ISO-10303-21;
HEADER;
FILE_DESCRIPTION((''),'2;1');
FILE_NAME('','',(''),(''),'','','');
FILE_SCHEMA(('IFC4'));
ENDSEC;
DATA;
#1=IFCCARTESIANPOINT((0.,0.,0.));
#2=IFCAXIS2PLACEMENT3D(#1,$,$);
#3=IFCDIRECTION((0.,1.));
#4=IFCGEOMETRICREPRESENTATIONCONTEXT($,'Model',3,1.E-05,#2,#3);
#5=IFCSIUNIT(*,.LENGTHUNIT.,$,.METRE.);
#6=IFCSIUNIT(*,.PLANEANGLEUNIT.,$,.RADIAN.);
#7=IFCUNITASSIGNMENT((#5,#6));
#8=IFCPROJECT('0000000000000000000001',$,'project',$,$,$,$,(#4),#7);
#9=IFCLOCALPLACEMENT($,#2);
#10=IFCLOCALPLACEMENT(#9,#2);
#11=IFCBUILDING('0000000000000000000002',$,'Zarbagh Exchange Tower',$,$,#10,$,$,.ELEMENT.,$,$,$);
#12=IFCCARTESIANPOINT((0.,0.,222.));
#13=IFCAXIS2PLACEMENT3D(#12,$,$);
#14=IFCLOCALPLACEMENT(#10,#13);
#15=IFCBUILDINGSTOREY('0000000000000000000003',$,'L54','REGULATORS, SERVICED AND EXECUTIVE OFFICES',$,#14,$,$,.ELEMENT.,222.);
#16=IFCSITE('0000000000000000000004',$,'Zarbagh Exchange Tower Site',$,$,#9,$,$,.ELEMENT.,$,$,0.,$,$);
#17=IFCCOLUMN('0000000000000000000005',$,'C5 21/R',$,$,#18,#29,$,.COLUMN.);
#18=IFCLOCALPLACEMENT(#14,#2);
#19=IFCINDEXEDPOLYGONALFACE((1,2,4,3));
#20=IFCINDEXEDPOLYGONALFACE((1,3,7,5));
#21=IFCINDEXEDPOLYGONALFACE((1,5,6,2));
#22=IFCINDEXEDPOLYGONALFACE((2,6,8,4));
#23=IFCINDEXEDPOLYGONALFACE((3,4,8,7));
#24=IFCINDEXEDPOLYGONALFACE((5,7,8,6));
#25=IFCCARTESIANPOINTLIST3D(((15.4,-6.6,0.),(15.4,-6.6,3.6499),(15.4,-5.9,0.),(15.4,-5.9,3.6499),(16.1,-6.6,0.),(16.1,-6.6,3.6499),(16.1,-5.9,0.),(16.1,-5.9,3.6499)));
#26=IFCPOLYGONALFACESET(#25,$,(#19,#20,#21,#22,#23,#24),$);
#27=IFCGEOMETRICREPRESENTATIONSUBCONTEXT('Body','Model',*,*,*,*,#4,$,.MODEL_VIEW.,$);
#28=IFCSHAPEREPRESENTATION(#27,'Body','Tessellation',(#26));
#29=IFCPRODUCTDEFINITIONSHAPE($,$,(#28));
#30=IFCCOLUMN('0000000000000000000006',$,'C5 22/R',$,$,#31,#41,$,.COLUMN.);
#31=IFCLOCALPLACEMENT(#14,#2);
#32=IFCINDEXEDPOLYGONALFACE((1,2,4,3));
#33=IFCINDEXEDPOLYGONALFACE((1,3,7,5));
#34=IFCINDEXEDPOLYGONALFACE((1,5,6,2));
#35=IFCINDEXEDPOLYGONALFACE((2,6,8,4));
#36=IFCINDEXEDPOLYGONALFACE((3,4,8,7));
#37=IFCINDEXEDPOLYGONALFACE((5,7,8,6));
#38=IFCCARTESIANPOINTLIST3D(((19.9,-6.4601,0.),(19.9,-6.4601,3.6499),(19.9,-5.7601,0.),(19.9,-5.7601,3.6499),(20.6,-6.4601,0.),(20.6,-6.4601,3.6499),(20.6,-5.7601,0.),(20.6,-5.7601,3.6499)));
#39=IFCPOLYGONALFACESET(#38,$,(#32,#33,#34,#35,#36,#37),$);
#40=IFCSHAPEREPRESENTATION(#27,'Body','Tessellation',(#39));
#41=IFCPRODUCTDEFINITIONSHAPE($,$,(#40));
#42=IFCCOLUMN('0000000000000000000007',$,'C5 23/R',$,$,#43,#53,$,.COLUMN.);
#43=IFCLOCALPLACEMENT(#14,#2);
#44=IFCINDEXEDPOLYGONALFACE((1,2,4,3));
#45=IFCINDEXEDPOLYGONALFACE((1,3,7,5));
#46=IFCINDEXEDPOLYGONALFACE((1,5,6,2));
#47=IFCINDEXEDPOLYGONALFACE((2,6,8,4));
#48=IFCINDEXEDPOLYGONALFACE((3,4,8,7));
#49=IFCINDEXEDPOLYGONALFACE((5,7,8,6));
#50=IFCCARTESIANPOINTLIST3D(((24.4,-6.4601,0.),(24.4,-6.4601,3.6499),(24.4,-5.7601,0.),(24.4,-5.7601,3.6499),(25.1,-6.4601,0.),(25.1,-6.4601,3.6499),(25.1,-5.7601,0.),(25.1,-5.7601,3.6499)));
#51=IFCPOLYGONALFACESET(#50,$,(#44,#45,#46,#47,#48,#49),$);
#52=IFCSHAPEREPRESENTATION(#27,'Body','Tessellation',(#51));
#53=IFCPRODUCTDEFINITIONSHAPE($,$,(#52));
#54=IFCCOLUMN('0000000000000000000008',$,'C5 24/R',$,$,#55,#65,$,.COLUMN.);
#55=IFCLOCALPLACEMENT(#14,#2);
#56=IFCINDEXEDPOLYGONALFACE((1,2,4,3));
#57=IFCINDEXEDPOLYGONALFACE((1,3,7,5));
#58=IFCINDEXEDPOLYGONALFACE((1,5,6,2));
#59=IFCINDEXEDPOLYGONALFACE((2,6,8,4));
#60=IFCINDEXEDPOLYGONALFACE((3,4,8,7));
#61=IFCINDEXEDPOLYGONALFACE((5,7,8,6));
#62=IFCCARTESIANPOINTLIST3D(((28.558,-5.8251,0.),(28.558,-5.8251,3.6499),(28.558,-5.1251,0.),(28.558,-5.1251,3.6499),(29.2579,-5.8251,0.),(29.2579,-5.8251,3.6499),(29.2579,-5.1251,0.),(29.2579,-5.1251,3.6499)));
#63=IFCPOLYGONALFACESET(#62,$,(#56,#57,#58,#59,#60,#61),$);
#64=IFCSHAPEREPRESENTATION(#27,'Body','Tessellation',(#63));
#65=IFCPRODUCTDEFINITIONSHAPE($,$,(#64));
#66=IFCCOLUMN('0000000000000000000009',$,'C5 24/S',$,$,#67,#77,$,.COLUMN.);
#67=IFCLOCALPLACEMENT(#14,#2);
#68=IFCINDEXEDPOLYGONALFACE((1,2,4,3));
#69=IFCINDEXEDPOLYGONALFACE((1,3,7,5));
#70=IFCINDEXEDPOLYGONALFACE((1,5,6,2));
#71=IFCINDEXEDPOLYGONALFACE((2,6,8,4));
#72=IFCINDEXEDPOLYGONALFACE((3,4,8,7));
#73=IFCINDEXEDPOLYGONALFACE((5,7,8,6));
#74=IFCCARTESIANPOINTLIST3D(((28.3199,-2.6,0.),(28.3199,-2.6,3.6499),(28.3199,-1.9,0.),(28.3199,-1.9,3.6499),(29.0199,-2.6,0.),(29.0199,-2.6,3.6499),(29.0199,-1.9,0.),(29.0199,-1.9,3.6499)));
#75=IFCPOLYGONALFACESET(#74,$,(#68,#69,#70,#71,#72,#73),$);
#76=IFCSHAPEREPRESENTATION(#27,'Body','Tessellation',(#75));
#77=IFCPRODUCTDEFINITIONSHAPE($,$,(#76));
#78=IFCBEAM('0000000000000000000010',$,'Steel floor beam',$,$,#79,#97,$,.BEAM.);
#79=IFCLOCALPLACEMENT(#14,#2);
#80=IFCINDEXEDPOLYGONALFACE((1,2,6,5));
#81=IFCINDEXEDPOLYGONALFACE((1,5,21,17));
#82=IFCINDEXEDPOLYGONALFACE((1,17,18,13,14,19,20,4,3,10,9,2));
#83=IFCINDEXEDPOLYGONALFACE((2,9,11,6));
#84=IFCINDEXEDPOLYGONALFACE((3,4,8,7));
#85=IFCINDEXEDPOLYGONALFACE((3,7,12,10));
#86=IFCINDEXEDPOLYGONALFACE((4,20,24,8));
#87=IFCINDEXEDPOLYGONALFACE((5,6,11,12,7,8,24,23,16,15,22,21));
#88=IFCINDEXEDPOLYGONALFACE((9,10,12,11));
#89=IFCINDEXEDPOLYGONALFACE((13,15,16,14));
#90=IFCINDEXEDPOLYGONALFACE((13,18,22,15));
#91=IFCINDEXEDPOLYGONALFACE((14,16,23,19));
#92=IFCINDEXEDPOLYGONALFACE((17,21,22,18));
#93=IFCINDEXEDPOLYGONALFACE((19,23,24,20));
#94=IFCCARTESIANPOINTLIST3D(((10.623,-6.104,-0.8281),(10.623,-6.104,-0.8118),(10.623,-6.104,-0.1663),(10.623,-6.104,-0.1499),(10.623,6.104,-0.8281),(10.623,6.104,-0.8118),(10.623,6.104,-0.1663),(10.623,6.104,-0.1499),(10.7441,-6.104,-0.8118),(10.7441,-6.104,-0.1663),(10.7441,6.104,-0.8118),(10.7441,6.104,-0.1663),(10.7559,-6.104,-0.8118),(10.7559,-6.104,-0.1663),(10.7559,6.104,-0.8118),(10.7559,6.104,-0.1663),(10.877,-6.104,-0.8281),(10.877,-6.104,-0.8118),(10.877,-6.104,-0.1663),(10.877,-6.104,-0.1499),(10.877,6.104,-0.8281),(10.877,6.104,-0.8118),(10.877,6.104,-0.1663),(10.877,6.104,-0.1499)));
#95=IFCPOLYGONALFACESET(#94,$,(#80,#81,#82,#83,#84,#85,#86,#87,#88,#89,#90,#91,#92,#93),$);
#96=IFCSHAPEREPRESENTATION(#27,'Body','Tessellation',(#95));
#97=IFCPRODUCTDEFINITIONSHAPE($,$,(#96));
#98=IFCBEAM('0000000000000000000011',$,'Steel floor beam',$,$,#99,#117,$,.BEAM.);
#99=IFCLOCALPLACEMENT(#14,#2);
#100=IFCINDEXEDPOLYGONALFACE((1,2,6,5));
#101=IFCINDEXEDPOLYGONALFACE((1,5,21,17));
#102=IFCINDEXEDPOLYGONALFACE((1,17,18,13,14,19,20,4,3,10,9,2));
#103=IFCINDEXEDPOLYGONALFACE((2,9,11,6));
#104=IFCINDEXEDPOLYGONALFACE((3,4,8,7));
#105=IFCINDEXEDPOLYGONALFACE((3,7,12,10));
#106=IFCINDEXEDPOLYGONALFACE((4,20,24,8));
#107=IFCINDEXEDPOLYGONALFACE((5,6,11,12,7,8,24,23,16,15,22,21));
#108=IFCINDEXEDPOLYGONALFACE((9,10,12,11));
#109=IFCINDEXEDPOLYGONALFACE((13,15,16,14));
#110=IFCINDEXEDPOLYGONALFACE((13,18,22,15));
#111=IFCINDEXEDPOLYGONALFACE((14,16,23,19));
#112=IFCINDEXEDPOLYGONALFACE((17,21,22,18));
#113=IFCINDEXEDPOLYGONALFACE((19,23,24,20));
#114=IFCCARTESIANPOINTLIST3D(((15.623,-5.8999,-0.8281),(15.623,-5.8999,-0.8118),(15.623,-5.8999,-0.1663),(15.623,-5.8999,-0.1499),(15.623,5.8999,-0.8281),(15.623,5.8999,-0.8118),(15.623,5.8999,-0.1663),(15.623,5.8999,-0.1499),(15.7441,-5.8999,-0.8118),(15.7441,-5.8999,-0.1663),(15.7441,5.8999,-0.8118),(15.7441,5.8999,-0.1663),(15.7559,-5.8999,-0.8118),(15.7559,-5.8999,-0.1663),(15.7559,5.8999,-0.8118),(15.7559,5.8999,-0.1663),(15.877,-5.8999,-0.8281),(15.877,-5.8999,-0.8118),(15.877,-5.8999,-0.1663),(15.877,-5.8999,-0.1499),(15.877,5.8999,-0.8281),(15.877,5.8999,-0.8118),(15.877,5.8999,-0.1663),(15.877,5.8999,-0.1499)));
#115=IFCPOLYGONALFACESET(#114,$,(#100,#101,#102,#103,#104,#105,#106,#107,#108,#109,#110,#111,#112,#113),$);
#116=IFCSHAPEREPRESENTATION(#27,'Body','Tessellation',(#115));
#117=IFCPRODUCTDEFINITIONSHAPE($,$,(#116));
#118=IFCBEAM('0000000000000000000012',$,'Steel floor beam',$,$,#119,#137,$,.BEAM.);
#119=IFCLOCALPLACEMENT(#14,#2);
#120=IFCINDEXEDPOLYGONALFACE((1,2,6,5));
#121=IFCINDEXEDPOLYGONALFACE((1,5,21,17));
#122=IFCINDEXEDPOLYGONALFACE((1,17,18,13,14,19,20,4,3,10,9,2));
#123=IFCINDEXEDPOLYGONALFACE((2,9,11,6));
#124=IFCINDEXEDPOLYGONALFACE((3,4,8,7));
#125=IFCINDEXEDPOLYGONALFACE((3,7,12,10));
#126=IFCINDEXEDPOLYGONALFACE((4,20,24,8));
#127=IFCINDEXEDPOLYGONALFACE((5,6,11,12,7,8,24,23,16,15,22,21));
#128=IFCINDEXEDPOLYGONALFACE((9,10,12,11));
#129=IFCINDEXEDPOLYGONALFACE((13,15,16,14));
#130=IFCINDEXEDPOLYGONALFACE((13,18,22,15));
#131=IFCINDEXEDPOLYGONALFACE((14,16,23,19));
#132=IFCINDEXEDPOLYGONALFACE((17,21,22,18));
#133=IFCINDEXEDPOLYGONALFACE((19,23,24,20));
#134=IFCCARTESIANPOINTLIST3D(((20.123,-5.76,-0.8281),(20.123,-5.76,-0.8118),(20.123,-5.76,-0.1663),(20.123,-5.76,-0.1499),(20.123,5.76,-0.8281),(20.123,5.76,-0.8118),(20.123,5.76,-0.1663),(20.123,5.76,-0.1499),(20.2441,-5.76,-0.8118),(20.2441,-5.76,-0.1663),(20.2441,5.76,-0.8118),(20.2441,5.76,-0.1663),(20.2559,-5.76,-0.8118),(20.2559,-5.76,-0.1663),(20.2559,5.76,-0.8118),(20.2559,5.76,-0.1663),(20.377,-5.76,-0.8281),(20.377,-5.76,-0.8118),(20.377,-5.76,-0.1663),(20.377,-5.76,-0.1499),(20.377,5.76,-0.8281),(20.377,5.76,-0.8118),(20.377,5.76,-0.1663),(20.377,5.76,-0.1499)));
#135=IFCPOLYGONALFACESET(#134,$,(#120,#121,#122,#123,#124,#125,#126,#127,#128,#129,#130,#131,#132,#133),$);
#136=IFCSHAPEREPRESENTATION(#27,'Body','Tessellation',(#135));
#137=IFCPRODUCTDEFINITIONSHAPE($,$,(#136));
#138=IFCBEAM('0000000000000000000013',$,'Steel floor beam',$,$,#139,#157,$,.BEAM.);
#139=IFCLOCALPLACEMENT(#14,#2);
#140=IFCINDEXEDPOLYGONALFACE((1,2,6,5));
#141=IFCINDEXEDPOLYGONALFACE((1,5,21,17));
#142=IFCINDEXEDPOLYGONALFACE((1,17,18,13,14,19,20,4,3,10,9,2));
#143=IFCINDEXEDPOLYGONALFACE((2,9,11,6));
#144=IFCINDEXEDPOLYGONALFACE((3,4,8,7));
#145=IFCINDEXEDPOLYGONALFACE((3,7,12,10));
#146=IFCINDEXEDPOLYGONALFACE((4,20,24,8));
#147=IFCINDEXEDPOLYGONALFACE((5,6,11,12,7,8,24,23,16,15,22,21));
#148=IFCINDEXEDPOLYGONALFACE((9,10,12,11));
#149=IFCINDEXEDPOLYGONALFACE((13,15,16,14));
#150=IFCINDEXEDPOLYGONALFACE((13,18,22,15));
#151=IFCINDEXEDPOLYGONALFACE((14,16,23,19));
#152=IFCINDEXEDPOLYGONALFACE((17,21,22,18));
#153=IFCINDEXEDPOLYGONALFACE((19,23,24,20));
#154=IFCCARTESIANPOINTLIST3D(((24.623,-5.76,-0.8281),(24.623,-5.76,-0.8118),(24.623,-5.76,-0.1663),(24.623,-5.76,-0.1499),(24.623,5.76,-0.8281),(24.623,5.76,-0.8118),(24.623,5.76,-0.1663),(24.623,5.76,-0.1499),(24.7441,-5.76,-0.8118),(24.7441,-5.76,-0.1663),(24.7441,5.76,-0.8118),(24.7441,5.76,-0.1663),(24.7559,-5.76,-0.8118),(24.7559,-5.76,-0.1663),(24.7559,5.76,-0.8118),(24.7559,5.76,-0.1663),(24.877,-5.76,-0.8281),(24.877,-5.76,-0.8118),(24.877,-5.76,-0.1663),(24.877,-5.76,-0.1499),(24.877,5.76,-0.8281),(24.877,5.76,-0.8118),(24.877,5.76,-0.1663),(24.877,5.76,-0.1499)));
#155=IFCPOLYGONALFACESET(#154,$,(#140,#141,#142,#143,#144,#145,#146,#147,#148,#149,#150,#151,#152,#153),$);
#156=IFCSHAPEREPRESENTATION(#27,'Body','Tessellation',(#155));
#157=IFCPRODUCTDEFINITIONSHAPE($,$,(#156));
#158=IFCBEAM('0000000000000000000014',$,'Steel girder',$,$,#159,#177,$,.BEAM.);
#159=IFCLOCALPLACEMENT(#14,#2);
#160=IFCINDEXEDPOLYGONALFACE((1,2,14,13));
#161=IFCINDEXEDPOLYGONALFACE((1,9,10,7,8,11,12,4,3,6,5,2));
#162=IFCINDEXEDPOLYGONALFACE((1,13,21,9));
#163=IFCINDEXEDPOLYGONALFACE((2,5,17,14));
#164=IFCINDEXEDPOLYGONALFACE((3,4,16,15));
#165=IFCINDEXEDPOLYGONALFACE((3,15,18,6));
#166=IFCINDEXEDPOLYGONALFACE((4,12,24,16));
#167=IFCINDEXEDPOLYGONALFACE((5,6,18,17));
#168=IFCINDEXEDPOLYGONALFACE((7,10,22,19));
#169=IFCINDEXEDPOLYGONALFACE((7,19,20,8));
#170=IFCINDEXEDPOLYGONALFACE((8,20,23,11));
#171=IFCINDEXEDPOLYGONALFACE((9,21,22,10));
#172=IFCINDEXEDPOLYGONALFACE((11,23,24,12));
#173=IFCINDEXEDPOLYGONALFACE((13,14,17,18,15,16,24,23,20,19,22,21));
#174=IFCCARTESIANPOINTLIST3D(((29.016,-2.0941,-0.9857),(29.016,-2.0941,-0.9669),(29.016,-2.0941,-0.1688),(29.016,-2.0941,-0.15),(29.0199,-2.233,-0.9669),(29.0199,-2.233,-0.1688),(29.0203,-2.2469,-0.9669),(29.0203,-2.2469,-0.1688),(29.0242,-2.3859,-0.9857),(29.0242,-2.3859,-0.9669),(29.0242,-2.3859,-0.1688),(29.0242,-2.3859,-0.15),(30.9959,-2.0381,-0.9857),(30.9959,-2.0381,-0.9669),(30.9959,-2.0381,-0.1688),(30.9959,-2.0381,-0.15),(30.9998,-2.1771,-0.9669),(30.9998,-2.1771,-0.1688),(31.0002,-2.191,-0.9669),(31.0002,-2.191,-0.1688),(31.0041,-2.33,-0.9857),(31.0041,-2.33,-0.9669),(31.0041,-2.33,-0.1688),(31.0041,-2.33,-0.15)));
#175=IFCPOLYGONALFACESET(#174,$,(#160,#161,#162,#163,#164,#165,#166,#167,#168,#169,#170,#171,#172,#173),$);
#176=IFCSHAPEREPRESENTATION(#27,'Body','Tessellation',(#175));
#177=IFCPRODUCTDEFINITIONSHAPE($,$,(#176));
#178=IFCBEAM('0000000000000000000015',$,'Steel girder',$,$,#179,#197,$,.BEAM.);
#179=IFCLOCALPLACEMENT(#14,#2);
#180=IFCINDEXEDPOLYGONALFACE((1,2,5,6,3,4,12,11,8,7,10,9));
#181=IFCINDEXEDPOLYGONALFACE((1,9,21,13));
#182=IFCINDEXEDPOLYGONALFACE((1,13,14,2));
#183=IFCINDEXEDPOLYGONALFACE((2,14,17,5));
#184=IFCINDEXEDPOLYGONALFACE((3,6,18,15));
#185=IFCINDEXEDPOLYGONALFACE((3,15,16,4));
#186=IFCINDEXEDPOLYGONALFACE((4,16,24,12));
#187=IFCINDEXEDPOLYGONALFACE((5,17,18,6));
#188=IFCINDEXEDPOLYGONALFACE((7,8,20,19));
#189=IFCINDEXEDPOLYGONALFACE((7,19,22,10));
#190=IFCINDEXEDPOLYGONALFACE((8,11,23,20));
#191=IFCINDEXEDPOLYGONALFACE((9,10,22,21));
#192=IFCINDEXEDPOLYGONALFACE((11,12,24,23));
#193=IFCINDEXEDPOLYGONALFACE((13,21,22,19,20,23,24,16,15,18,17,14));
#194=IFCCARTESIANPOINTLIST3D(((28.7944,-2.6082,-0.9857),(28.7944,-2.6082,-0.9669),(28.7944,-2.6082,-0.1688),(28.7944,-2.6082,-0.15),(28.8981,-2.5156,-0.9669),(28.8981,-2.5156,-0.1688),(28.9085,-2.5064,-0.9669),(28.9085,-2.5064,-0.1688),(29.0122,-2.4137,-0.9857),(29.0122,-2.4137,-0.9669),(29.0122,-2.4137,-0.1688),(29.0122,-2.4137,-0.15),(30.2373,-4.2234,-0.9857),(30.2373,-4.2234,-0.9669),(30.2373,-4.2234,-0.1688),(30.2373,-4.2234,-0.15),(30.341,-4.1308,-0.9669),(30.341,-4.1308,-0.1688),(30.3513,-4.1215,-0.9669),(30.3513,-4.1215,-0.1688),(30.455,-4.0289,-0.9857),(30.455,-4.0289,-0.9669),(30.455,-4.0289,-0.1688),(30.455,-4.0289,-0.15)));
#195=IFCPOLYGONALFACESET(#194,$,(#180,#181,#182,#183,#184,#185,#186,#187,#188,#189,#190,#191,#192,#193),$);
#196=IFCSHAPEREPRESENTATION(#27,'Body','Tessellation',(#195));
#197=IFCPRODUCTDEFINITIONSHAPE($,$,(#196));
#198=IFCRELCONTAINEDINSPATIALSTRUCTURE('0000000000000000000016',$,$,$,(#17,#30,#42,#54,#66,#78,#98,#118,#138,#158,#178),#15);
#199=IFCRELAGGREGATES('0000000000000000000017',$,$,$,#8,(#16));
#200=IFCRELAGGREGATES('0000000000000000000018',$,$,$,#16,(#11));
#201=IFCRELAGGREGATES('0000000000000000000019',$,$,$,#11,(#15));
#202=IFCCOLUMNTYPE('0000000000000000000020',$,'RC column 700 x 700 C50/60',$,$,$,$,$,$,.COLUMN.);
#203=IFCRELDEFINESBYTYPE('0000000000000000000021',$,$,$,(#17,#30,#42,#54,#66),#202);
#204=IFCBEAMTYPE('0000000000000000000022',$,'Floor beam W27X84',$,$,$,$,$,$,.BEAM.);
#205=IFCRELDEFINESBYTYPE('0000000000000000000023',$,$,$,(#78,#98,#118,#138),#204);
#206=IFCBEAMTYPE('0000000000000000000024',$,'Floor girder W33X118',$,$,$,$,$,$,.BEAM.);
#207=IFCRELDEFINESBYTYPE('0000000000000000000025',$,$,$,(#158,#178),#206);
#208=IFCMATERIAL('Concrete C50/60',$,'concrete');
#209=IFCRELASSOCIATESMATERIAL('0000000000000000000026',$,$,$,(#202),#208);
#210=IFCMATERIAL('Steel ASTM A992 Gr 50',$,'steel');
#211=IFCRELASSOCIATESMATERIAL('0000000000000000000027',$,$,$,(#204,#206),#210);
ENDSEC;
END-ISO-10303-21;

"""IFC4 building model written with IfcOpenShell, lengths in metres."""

from ifc_helpers import new_model, si_unit, direction, frame, origin, origin_2d, place, context, subcontext, project, spatial, rectangle, i_section, extrude, material, material_profile, profile_set, type_object, element, save


model = new_model("IFC4")

# Units and contexts
model_context = context("Model", 3, precision=1e-05, world=origin(), true_north=direction((0.0, 1.0)))
body_context = subcontext(model_context, "Body", "Model", "MODEL_VIEW")
ifc_project = project(units=[si_unit("LENGTHUNIT", "METRE"), si_unit("PLANEANGLEUNIT", "RADIAN")], contexts=[model_context])

# Site, building, storey
site_placement = place(None, origin())
site = spatial("IfcSite", under=ifc_project, at=site_placement, Name="Zarbagh Exchange Tower Site", CompositionType="ELEMENT", RefElevation=0.0)
building_placement = place(site_placement, origin())
building = spatial("IfcBuilding", under=site, at=building_placement, Name="Zarbagh Exchange Tower", CompositionType="ELEMENT")
storey_placement = place(building_placement, frame((0.0, 0.0, 222.0)))
storey = spatial("IfcBuildingStorey", under=building, at=storey_placement, Name="L54", Description="REGULATORS, SERVICED AND EXECUTIVE OFFICES", CompositionType="ELEMENT", Elevation=222.0)

# Columns
ifc_material_1 = material(Name="Concrete C50/60", Category="concrete")
ifc_material_profile_1 = material_profile(ifc_material_1, rectangle(XDim=0.7, YDim=0.7, at=origin_2d()), Name="RC column 700 x 700 C50/60")
ifc_profile_set_1 = profile_set([ifc_material_profile_1], Name="Concrete C50/60")
column_type = type_object("IfcColumnType", Name="RC column 700 x 700 C50/60", PredefinedType="COLUMN", material=ifc_profile_set_1)
for number, where, z_axis, x_axis, name in (
    (1, (15.75, -6.25, 0.0), (0.0, 0.0, 1.0), (1.0, 0.0, 0.0), "C5 21/R"),
    (2, (20.25, -6.1101, 0.0), (0.0, 0.0, 1.0), (1.0, 0.0, 0.0), "C5 22/R"),
    (3, (24.75, -6.1101, 0.0), (0.0, 0.0, 1.0), (1.0, 0.0, 0.0), "C5 23/R"),
    (4, (28.908, -5.4751, 0.0), (0.0, 0.0, 1.0), (1.0, 0.0, 0.0), "C5 24/R"),
    (5, (28.6699, -2.25, 0.0), (0.0, 0.0, 1.0), (1.0, 0.0, 0.0), "C5 24/S"),
):
    element("IfcColumn", number, at=place(storey_placement, frame(where, z_axis=z_axis, x_axis=x_axis)), inside=storey, type_object=column_type, Name=name, PredefinedType="COLUMN", context=body_context, shape_type="SweptSolid", body=[
        extrude(rectangle(XDim=0.7, YDim=0.7, at=origin_2d()), origin(), (0.0, 0.0, 1.0), 3.6499),
    ])

# Beams
ifc_material_2 = material(Name="Steel ASTM A992 Gr 50", Category="steel")
ifc_material_profile_2 = material_profile(ifc_material_2, i_section(OverallWidth=0.2539, OverallDepth=0.6782, WebThickness=0.0117, FlangeThickness=0.0164, at=origin_2d()), Name="W27X84")
ifc_profile_set_2 = profile_set([ifc_material_profile_2], Name="Steel ASTM A992 Gr 50")
beam_type_1 = type_object("IfcBeamType", Name="Floor beam W27X84", PredefinedType="BEAM", material=ifc_profile_set_2)
beam_1_placement = place(storey_placement, frame((10.75, -6.104, -0.489), z_axis=(0.0, 1.0, 0.0), x_axis=(-1.0, 0.0, 0.0)))
element("IfcBeam", 6, at=beam_1_placement, inside=storey, type_object=beam_type_1, Name="Steel floor beam", PredefinedType="BEAM", context=body_context, shape_type="SweptSolid", body=[
    extrude(i_section(OverallWidth=0.2539, OverallDepth=0.6782, WebThickness=0.0117, FlangeThickness=0.0164, at=origin_2d()), origin(), (0.0, 0.0, 1.0), 12.208),
])
beam_2_placement = place(storey_placement, frame((15.75, -5.8999, -0.489), z_axis=(0.0, 1.0, 0.0), x_axis=(-1.0, 0.0, 0.0)))
element("IfcBeam", 7, at=beam_2_placement, inside=storey, type_object=beam_type_1, Name="Steel floor beam", PredefinedType="BEAM", context=body_context, shape_type="SweptSolid", body=[
    extrude(i_section(OverallWidth=0.2539, OverallDepth=0.6782, WebThickness=0.0117, FlangeThickness=0.0164, at=origin_2d()), origin(), (0.0, 0.0, 1.0), 11.7998),
])
for number, where, z_axis, x_axis, name in (
    (8, (20.25, -5.76, -0.489), (0.0, 1.0, 0.0), (-1.0, 0.0, 0.0), "Steel floor beam"),
    (9, (24.75, -5.76, -0.489), (0.0, 1.0, 0.0), (-1.0, 0.0, 0.0), "Steel floor beam"),
):
    element("IfcBeam", number, at=place(storey_placement, frame(where, z_axis=z_axis, x_axis=x_axis)), inside=storey, type_object=beam_type_1, Name=name, PredefinedType="BEAM", context=body_context, shape_type="SweptSolid", body=[
        extrude(i_section(OverallWidth=0.2539, OverallDepth=0.6782, WebThickness=0.0117, FlangeThickness=0.0164, at=origin_2d()), origin(), (0.0, 0.0, 1.0), 11.52),
    ])
ifc_material_profile_3 = material_profile(ifc_material_2, i_section(OverallWidth=0.292, OverallDepth=0.8357, WebThickness=0.0139, FlangeThickness=0.0188, at=origin_2d()), Name="W33X118")
ifc_profile_set_3 = profile_set([ifc_material_profile_3], Name="Steel ASTM A992 Gr 50")
beam_type_2 = type_object("IfcBeamType", Name="Floor girder W33X118", PredefinedType="BEAM", material=ifc_profile_set_3)
beam_3_placement = place(storey_placement, frame((31.0, -2.1841, -0.5679), z_axis=(-0.999602, -0.028225, 0.0), x_axis=(0.028225, -0.999602, 0.0)))
element("IfcBeam", 10, at=beam_3_placement, inside=storey, type_object=beam_type_2, Name="Steel girder", PredefinedType="BEAM", context=body_context, shape_type="SweptSolid", body=[
    extrude(i_section(OverallWidth=0.292, OverallDepth=0.8357, WebThickness=0.0139, FlangeThickness=0.0188, at=origin_2d()), origin(), (0.0, 0.0, 1.0), 1.9807),
])
beam_4_placement = place(storey_placement, frame((28.9033, -2.511, -0.5679), z_axis=(0.666195, -0.745778, 0.0), x_axis=(0.745778, 0.666195, 0.0)))
element("IfcBeam", 11, at=beam_4_placement, inside=storey, type_object=beam_type_2, Name="Steel girder", PredefinedType="BEAM", context=body_context, shape_type="SweptSolid", body=[
    extrude(i_section(OverallWidth=0.292, OverallDepth=0.8357, WebThickness=0.0139, FlangeThickness=0.0188, at=origin_2d()), origin(), (0.0, 0.0, 1.0), 2.1658),
])

save(model, "model.ifc")
